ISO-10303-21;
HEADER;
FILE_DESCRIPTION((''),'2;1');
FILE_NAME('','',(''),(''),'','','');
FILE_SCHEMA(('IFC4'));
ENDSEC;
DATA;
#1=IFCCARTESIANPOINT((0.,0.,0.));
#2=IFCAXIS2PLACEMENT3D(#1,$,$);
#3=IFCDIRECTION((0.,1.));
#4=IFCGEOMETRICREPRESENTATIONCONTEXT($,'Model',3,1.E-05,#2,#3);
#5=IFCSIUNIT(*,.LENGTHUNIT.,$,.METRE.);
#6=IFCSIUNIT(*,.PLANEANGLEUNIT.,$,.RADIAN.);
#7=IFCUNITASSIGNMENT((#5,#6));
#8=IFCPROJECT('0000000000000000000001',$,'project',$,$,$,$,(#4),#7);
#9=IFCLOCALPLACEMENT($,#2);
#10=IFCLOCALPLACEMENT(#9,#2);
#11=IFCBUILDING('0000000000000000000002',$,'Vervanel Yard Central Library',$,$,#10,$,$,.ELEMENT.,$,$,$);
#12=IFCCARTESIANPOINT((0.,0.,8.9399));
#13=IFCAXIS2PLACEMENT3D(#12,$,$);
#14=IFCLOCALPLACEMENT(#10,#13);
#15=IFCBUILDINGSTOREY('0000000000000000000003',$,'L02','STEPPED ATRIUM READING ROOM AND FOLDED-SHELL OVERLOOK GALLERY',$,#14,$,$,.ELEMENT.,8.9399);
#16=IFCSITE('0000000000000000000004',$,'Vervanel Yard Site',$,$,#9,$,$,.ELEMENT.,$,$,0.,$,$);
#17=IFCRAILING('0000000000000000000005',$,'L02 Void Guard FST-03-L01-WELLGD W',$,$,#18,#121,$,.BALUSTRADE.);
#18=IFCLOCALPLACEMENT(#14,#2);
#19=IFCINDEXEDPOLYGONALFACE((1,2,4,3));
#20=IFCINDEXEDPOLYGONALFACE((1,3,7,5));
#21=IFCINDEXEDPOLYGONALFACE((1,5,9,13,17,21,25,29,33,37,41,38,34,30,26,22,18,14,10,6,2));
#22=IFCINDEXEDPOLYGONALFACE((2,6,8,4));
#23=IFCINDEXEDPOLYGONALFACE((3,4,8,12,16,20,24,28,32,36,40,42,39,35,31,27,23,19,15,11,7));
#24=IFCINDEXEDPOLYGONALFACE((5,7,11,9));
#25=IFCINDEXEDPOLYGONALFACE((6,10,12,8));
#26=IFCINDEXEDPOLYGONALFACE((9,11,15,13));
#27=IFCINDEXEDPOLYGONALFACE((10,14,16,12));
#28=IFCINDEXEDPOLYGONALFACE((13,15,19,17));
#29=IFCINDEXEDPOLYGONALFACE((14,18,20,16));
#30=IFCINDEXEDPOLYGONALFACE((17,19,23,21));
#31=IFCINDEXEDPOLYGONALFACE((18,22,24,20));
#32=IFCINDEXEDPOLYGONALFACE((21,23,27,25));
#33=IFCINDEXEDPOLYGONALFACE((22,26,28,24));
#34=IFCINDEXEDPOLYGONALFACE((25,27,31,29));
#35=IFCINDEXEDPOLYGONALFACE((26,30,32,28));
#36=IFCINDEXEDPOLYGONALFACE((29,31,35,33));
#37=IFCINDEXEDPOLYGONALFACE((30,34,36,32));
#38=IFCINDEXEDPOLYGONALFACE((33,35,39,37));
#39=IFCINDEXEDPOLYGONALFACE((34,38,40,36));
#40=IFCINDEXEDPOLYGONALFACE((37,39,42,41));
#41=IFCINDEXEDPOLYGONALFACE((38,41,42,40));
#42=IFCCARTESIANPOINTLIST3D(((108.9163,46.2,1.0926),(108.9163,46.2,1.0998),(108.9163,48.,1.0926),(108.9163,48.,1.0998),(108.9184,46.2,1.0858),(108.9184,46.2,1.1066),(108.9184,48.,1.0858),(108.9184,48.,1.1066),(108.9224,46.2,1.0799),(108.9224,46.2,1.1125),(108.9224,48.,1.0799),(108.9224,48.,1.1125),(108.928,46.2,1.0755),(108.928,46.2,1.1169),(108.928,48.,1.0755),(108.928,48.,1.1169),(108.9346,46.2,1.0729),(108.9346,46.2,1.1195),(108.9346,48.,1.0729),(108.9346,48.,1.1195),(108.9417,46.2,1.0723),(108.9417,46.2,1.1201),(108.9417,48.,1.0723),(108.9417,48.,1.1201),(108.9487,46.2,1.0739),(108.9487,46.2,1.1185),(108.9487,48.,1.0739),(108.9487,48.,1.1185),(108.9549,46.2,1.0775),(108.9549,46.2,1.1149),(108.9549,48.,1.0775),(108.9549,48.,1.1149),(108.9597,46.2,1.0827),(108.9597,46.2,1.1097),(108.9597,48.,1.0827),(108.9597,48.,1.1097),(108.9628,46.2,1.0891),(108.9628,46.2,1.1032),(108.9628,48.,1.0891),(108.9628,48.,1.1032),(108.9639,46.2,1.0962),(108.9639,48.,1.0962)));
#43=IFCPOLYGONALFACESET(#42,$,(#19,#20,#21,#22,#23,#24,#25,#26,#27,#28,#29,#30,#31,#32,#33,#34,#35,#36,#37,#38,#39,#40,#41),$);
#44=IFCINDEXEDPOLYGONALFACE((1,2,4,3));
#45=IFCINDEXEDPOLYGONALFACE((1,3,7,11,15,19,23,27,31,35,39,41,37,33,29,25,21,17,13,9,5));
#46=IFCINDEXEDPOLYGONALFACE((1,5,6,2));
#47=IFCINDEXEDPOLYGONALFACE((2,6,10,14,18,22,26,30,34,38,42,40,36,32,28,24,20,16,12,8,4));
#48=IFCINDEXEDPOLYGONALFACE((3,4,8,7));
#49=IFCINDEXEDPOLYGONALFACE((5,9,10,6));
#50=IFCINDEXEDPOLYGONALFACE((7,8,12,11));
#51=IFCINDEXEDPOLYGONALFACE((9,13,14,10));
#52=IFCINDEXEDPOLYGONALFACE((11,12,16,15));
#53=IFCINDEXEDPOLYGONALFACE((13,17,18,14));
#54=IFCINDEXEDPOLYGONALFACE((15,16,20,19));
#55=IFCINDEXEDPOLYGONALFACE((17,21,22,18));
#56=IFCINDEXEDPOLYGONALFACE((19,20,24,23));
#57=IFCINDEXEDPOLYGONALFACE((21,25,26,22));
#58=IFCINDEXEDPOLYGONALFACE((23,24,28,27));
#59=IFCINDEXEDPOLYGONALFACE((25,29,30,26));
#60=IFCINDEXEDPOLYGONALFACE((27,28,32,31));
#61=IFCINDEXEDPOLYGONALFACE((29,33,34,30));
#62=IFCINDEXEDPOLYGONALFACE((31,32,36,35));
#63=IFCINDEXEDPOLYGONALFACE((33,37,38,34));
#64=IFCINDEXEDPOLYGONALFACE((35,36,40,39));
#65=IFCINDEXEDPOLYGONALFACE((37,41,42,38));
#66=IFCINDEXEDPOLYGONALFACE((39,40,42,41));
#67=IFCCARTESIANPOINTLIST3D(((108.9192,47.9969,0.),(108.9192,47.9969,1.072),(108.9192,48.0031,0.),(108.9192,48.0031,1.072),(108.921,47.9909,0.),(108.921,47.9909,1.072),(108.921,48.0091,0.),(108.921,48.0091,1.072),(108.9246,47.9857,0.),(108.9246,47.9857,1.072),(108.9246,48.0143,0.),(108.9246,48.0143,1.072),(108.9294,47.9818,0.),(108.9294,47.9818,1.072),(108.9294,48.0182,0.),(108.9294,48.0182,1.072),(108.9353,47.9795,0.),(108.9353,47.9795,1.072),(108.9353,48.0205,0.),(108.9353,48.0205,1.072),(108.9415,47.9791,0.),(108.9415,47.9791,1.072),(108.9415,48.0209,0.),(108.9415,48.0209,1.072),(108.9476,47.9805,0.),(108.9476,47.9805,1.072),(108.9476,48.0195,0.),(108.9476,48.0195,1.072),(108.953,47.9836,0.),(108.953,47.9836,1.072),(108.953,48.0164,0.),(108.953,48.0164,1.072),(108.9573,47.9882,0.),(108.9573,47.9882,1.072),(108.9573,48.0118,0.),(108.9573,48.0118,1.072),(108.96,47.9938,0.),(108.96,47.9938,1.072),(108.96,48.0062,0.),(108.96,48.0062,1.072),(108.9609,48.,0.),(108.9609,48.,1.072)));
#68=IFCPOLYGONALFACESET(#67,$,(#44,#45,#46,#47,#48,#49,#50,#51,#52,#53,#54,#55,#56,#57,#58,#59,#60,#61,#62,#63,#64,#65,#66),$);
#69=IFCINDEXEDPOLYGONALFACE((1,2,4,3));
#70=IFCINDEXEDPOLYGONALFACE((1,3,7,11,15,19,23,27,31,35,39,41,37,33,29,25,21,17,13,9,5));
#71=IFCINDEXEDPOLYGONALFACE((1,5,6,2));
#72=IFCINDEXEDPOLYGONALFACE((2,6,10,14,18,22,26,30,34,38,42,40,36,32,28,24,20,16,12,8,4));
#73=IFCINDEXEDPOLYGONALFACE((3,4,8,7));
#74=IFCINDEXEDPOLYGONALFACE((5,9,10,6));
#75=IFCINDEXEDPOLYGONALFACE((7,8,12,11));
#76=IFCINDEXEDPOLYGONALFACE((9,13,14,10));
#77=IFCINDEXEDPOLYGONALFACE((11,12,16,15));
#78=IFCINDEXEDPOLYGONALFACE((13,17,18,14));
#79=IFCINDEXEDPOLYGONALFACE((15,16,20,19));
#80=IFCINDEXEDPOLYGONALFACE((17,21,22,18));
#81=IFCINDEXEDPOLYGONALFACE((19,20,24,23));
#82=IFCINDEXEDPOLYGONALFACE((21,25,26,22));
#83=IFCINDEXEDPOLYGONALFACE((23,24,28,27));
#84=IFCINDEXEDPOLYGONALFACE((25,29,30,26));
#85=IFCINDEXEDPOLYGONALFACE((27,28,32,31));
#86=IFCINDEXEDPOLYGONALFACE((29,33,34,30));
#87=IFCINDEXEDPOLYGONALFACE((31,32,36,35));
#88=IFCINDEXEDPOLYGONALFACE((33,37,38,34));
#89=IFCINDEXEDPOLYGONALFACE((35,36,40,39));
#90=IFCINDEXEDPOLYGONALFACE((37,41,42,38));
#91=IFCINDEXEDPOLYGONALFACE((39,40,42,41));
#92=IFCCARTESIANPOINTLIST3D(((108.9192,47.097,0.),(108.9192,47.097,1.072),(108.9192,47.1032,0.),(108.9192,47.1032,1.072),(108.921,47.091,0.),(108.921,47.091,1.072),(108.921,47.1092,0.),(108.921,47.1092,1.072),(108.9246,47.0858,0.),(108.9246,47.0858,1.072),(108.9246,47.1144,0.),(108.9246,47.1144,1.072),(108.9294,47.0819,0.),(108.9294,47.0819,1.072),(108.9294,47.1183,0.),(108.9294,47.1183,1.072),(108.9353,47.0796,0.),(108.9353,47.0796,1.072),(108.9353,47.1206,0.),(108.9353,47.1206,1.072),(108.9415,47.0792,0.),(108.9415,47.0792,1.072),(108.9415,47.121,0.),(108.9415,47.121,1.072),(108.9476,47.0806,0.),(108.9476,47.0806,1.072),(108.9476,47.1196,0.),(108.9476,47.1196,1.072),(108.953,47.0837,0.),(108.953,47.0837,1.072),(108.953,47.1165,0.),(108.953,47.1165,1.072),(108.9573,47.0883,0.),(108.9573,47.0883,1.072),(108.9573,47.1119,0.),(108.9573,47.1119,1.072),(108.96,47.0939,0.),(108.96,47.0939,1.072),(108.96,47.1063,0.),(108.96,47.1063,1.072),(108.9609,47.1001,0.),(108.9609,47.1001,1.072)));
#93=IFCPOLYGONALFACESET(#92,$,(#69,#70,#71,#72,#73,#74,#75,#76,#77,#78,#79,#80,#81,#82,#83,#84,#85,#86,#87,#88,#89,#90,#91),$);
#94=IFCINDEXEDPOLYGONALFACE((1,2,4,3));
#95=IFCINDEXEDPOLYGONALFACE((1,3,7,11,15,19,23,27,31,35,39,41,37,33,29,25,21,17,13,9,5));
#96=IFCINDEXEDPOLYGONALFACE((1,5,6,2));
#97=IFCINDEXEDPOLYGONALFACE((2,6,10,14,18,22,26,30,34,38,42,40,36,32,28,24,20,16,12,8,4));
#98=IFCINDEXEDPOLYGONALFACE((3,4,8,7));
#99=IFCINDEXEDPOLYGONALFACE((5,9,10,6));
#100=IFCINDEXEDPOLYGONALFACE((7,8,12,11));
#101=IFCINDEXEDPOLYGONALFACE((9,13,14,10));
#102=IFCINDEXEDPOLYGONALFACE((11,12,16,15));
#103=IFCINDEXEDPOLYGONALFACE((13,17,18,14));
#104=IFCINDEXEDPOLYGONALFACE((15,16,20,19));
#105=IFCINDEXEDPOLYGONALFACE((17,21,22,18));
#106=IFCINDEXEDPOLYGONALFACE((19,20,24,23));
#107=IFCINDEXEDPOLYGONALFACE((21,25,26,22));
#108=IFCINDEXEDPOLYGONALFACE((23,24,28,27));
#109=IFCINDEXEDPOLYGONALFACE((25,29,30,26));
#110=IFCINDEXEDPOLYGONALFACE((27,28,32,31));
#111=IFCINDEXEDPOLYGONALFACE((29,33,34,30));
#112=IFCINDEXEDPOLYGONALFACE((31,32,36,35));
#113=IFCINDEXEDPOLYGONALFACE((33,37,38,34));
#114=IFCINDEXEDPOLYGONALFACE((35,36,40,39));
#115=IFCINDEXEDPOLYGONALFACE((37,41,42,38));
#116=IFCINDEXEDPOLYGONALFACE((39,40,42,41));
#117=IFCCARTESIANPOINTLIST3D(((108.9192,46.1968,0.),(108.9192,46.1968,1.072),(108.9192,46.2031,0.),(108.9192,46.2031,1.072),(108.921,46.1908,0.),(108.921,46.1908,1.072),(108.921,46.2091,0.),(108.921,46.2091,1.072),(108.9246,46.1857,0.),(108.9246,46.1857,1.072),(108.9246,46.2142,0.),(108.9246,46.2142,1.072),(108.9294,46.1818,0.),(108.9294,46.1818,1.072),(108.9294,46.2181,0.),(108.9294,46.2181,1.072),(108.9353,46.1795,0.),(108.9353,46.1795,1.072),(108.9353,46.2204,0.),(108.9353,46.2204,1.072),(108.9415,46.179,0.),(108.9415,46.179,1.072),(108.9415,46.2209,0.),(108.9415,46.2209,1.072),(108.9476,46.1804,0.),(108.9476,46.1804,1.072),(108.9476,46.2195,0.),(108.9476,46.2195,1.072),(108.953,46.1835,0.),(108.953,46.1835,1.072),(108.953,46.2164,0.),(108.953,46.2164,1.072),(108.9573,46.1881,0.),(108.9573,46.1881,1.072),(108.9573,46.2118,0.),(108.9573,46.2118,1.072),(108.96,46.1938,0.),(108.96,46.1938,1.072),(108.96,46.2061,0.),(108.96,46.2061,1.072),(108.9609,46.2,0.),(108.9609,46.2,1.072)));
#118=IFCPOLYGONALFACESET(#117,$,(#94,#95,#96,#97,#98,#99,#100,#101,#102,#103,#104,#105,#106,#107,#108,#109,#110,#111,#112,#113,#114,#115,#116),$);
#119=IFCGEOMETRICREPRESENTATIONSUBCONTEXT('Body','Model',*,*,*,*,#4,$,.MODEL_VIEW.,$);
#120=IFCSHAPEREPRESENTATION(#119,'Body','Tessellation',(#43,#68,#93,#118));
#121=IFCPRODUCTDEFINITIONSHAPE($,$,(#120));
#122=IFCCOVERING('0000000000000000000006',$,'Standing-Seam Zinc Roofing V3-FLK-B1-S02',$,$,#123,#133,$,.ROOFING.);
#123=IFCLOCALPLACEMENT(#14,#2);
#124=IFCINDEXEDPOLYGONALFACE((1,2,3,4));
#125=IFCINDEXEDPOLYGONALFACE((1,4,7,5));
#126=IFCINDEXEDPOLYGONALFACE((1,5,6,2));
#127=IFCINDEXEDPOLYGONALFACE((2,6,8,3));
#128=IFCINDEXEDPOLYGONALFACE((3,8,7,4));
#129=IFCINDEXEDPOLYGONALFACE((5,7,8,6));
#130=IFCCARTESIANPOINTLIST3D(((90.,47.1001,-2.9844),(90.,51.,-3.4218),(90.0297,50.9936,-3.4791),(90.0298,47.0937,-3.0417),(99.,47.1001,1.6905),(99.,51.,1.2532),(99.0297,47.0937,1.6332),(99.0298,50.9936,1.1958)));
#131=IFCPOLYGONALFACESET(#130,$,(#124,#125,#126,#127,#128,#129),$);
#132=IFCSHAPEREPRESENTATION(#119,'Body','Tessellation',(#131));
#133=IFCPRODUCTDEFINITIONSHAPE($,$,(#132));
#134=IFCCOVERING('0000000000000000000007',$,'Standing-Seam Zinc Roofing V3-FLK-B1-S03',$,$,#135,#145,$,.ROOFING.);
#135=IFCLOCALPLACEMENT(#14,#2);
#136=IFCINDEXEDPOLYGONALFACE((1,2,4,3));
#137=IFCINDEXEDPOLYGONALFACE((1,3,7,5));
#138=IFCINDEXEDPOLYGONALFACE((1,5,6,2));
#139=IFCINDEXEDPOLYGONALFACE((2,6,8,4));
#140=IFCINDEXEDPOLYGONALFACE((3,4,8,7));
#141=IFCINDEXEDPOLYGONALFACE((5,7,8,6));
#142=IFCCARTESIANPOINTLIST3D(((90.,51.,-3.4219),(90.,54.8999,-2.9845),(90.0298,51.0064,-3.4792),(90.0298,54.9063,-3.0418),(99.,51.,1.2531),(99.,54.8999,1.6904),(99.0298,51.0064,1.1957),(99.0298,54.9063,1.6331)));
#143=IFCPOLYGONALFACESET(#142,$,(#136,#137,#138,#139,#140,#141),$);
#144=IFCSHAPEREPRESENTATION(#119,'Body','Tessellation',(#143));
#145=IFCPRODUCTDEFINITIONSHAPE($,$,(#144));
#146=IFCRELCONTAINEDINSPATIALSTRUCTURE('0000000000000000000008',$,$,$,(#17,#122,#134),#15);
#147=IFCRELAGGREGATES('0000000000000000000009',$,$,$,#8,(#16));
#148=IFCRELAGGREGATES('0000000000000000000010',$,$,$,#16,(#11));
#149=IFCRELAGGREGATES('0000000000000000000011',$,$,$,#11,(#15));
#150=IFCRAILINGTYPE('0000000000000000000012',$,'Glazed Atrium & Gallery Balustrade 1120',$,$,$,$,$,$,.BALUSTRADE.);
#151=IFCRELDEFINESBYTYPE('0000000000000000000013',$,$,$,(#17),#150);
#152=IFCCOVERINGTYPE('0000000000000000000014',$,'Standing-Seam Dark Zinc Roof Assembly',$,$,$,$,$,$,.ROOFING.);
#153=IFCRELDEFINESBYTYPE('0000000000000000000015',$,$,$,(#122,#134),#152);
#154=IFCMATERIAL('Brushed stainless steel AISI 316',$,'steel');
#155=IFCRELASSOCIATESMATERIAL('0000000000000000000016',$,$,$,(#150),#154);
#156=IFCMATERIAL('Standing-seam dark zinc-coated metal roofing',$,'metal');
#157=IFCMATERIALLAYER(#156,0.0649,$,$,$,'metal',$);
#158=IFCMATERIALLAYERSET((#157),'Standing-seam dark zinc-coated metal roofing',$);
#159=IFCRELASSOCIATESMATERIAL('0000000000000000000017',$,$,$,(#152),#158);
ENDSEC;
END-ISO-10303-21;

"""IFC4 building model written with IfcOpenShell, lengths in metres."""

from ifc_helpers import new_model, si_unit, direction, frame, origin, origin_2d, place, context, subcontext, project, spatial, polyline, circle, outline, extrude, material, layer, layer_set, type_object, element, save


model = new_model("IFC4")

# Units and contexts
model_context = context("Model", 3, precision=1e-05, world=origin(), true_north=direction((0.0, 1.0)))
body_context = subcontext(model_context, "Body", "Model", "MODEL_VIEW")
ifc_project = project(units=[si_unit("LENGTHUNIT", "METRE"), si_unit("PLANEANGLEUNIT", "RADIAN")], contexts=[model_context])

# Site, building, storey
site_placement = place(None, origin())
site = spatial("IfcSite", under=ifc_project, at=site_placement, Name="Vervanel Yard Site", CompositionType="ELEMENT", RefElevation=0.0)
building_placement = place(site_placement, origin())
building = spatial("IfcBuilding", under=site, at=building_placement, Name="Vervanel Yard Central Library", CompositionType="ELEMENT")
storey_placement = place(building_placement, frame((0.0, 0.0, 8.9399)))
storey = spatial("IfcBuildingStorey", under=building, at=storey_placement, Name="L02", Description="STEPPED ATRIUM READING ROOM AND FOLDED-SHELL OVERLOOK GALLERY", CompositionType="ELEMENT", Elevation=8.9399)

# Railing
ifc_material_1 = material(Name="Brushed stainless steel AISI 316", Category="steel")
railing_type = type_object("IfcRailingType", Name="Glazed Atrium & Gallery Balustrade 1120", PredefinedType="BALUSTRADE", material=ifc_material_1)
railing_1_placement = place(storey_placement, frame((108.9399, 48.0, 0.0)))
element("IfcRailing", 1, at=railing_1_placement, inside=storey, type_object=railing_type, Name="L02 Void Guard FST-03-L01-WELLGD W", PredefinedType="BALUSTRADE", context=body_context, shape_type="SweptSolid", body=[
    extrude(circle(Radius=0.0239, at=origin_2d()), frame((0.0, 0.0, 1.0962), z_axis=(0.0, -1.0, 0.0), x_axis=(1.0, 0.0, 0.0)), (0.0, 0.0, 1.0), 1.8),
    extrude(circle(Radius=0.021, at=origin_2d()), origin(), (0.0, 0.0, 1.0), 1.072),
    extrude(circle(Radius=0.021, at=origin_2d()), frame((0.0, -0.8999, 0.0)), (0.0, 0.0, 1.0), 1.072),
    extrude(circle(Radius=0.021, at=origin_2d()), frame((0.0, -1.8, 0.0)), (0.0, 0.0, 1.0), 1.072),
])

# Coverings
ifc_material_2 = material(Name="Standing-seam dark zinc-coated metal roofing", Category="metal")
ifc_layer_1 = layer(ifc_material_2, 0.0649, Category="metal")
ifc_layer_set_1 = layer_set([ifc_layer_1], Name="Standing-seam dark zinc-coated metal roofing")
covering_type = type_object("IfcCoveringType", Name="Standing-Seam Dark Zinc Roof Assembly", PredefinedType="ROOFING", material=ifc_layer_set_1)
covering_1_placement = place(storey_placement, frame((90.0, 47.1001, -2.9844), z_axis=(-0.458693, 0.099036, 0.883059), x_axis=(0.887422, 0.000001, 0.460959)))
element("IfcCovering", 2, at=covering_1_placement, inside=storey, type_object=covering_type, Name="Standing-Seam Zinc Roofing V3-FLK-B1-S02", PredefinedType="ROOFING", context=body_context, shape_type="SweptSolid", body=[
    extrude(outline(polyline([(0.0, 0.0), (10.1417, 0.0), (9.9401, 3.9192), (-0.2017, 3.9192), (0.0, 0.0)])), origin(), (0.0, 0.0, -1.0), 0.0649),
])
covering_2_placement = place(storey_placement, frame((90.0, 51.0, -3.4219), z_axis=(-0.458693, -0.099036, 0.883059), x_axis=(0.887421, 0.000001, 0.460959)))
element("IfcCovering", 3, at=covering_2_placement, inside=storey, type_object=covering_type, Name="Standing-Seam Zinc Roofing V3-FLK-B1-S03", PredefinedType="ROOFING", context=body_context, shape_type="SweptSolid", body=[
    extrude(outline(polyline([(0.0, 0.0), (10.1418, 0.0), (10.3434, 3.9192), (0.2017, 3.9192), (0.0, 0.0)])), origin(), (0.0, 0.0, -1.0), 0.0649),
])

save(model, "model.ifc")
